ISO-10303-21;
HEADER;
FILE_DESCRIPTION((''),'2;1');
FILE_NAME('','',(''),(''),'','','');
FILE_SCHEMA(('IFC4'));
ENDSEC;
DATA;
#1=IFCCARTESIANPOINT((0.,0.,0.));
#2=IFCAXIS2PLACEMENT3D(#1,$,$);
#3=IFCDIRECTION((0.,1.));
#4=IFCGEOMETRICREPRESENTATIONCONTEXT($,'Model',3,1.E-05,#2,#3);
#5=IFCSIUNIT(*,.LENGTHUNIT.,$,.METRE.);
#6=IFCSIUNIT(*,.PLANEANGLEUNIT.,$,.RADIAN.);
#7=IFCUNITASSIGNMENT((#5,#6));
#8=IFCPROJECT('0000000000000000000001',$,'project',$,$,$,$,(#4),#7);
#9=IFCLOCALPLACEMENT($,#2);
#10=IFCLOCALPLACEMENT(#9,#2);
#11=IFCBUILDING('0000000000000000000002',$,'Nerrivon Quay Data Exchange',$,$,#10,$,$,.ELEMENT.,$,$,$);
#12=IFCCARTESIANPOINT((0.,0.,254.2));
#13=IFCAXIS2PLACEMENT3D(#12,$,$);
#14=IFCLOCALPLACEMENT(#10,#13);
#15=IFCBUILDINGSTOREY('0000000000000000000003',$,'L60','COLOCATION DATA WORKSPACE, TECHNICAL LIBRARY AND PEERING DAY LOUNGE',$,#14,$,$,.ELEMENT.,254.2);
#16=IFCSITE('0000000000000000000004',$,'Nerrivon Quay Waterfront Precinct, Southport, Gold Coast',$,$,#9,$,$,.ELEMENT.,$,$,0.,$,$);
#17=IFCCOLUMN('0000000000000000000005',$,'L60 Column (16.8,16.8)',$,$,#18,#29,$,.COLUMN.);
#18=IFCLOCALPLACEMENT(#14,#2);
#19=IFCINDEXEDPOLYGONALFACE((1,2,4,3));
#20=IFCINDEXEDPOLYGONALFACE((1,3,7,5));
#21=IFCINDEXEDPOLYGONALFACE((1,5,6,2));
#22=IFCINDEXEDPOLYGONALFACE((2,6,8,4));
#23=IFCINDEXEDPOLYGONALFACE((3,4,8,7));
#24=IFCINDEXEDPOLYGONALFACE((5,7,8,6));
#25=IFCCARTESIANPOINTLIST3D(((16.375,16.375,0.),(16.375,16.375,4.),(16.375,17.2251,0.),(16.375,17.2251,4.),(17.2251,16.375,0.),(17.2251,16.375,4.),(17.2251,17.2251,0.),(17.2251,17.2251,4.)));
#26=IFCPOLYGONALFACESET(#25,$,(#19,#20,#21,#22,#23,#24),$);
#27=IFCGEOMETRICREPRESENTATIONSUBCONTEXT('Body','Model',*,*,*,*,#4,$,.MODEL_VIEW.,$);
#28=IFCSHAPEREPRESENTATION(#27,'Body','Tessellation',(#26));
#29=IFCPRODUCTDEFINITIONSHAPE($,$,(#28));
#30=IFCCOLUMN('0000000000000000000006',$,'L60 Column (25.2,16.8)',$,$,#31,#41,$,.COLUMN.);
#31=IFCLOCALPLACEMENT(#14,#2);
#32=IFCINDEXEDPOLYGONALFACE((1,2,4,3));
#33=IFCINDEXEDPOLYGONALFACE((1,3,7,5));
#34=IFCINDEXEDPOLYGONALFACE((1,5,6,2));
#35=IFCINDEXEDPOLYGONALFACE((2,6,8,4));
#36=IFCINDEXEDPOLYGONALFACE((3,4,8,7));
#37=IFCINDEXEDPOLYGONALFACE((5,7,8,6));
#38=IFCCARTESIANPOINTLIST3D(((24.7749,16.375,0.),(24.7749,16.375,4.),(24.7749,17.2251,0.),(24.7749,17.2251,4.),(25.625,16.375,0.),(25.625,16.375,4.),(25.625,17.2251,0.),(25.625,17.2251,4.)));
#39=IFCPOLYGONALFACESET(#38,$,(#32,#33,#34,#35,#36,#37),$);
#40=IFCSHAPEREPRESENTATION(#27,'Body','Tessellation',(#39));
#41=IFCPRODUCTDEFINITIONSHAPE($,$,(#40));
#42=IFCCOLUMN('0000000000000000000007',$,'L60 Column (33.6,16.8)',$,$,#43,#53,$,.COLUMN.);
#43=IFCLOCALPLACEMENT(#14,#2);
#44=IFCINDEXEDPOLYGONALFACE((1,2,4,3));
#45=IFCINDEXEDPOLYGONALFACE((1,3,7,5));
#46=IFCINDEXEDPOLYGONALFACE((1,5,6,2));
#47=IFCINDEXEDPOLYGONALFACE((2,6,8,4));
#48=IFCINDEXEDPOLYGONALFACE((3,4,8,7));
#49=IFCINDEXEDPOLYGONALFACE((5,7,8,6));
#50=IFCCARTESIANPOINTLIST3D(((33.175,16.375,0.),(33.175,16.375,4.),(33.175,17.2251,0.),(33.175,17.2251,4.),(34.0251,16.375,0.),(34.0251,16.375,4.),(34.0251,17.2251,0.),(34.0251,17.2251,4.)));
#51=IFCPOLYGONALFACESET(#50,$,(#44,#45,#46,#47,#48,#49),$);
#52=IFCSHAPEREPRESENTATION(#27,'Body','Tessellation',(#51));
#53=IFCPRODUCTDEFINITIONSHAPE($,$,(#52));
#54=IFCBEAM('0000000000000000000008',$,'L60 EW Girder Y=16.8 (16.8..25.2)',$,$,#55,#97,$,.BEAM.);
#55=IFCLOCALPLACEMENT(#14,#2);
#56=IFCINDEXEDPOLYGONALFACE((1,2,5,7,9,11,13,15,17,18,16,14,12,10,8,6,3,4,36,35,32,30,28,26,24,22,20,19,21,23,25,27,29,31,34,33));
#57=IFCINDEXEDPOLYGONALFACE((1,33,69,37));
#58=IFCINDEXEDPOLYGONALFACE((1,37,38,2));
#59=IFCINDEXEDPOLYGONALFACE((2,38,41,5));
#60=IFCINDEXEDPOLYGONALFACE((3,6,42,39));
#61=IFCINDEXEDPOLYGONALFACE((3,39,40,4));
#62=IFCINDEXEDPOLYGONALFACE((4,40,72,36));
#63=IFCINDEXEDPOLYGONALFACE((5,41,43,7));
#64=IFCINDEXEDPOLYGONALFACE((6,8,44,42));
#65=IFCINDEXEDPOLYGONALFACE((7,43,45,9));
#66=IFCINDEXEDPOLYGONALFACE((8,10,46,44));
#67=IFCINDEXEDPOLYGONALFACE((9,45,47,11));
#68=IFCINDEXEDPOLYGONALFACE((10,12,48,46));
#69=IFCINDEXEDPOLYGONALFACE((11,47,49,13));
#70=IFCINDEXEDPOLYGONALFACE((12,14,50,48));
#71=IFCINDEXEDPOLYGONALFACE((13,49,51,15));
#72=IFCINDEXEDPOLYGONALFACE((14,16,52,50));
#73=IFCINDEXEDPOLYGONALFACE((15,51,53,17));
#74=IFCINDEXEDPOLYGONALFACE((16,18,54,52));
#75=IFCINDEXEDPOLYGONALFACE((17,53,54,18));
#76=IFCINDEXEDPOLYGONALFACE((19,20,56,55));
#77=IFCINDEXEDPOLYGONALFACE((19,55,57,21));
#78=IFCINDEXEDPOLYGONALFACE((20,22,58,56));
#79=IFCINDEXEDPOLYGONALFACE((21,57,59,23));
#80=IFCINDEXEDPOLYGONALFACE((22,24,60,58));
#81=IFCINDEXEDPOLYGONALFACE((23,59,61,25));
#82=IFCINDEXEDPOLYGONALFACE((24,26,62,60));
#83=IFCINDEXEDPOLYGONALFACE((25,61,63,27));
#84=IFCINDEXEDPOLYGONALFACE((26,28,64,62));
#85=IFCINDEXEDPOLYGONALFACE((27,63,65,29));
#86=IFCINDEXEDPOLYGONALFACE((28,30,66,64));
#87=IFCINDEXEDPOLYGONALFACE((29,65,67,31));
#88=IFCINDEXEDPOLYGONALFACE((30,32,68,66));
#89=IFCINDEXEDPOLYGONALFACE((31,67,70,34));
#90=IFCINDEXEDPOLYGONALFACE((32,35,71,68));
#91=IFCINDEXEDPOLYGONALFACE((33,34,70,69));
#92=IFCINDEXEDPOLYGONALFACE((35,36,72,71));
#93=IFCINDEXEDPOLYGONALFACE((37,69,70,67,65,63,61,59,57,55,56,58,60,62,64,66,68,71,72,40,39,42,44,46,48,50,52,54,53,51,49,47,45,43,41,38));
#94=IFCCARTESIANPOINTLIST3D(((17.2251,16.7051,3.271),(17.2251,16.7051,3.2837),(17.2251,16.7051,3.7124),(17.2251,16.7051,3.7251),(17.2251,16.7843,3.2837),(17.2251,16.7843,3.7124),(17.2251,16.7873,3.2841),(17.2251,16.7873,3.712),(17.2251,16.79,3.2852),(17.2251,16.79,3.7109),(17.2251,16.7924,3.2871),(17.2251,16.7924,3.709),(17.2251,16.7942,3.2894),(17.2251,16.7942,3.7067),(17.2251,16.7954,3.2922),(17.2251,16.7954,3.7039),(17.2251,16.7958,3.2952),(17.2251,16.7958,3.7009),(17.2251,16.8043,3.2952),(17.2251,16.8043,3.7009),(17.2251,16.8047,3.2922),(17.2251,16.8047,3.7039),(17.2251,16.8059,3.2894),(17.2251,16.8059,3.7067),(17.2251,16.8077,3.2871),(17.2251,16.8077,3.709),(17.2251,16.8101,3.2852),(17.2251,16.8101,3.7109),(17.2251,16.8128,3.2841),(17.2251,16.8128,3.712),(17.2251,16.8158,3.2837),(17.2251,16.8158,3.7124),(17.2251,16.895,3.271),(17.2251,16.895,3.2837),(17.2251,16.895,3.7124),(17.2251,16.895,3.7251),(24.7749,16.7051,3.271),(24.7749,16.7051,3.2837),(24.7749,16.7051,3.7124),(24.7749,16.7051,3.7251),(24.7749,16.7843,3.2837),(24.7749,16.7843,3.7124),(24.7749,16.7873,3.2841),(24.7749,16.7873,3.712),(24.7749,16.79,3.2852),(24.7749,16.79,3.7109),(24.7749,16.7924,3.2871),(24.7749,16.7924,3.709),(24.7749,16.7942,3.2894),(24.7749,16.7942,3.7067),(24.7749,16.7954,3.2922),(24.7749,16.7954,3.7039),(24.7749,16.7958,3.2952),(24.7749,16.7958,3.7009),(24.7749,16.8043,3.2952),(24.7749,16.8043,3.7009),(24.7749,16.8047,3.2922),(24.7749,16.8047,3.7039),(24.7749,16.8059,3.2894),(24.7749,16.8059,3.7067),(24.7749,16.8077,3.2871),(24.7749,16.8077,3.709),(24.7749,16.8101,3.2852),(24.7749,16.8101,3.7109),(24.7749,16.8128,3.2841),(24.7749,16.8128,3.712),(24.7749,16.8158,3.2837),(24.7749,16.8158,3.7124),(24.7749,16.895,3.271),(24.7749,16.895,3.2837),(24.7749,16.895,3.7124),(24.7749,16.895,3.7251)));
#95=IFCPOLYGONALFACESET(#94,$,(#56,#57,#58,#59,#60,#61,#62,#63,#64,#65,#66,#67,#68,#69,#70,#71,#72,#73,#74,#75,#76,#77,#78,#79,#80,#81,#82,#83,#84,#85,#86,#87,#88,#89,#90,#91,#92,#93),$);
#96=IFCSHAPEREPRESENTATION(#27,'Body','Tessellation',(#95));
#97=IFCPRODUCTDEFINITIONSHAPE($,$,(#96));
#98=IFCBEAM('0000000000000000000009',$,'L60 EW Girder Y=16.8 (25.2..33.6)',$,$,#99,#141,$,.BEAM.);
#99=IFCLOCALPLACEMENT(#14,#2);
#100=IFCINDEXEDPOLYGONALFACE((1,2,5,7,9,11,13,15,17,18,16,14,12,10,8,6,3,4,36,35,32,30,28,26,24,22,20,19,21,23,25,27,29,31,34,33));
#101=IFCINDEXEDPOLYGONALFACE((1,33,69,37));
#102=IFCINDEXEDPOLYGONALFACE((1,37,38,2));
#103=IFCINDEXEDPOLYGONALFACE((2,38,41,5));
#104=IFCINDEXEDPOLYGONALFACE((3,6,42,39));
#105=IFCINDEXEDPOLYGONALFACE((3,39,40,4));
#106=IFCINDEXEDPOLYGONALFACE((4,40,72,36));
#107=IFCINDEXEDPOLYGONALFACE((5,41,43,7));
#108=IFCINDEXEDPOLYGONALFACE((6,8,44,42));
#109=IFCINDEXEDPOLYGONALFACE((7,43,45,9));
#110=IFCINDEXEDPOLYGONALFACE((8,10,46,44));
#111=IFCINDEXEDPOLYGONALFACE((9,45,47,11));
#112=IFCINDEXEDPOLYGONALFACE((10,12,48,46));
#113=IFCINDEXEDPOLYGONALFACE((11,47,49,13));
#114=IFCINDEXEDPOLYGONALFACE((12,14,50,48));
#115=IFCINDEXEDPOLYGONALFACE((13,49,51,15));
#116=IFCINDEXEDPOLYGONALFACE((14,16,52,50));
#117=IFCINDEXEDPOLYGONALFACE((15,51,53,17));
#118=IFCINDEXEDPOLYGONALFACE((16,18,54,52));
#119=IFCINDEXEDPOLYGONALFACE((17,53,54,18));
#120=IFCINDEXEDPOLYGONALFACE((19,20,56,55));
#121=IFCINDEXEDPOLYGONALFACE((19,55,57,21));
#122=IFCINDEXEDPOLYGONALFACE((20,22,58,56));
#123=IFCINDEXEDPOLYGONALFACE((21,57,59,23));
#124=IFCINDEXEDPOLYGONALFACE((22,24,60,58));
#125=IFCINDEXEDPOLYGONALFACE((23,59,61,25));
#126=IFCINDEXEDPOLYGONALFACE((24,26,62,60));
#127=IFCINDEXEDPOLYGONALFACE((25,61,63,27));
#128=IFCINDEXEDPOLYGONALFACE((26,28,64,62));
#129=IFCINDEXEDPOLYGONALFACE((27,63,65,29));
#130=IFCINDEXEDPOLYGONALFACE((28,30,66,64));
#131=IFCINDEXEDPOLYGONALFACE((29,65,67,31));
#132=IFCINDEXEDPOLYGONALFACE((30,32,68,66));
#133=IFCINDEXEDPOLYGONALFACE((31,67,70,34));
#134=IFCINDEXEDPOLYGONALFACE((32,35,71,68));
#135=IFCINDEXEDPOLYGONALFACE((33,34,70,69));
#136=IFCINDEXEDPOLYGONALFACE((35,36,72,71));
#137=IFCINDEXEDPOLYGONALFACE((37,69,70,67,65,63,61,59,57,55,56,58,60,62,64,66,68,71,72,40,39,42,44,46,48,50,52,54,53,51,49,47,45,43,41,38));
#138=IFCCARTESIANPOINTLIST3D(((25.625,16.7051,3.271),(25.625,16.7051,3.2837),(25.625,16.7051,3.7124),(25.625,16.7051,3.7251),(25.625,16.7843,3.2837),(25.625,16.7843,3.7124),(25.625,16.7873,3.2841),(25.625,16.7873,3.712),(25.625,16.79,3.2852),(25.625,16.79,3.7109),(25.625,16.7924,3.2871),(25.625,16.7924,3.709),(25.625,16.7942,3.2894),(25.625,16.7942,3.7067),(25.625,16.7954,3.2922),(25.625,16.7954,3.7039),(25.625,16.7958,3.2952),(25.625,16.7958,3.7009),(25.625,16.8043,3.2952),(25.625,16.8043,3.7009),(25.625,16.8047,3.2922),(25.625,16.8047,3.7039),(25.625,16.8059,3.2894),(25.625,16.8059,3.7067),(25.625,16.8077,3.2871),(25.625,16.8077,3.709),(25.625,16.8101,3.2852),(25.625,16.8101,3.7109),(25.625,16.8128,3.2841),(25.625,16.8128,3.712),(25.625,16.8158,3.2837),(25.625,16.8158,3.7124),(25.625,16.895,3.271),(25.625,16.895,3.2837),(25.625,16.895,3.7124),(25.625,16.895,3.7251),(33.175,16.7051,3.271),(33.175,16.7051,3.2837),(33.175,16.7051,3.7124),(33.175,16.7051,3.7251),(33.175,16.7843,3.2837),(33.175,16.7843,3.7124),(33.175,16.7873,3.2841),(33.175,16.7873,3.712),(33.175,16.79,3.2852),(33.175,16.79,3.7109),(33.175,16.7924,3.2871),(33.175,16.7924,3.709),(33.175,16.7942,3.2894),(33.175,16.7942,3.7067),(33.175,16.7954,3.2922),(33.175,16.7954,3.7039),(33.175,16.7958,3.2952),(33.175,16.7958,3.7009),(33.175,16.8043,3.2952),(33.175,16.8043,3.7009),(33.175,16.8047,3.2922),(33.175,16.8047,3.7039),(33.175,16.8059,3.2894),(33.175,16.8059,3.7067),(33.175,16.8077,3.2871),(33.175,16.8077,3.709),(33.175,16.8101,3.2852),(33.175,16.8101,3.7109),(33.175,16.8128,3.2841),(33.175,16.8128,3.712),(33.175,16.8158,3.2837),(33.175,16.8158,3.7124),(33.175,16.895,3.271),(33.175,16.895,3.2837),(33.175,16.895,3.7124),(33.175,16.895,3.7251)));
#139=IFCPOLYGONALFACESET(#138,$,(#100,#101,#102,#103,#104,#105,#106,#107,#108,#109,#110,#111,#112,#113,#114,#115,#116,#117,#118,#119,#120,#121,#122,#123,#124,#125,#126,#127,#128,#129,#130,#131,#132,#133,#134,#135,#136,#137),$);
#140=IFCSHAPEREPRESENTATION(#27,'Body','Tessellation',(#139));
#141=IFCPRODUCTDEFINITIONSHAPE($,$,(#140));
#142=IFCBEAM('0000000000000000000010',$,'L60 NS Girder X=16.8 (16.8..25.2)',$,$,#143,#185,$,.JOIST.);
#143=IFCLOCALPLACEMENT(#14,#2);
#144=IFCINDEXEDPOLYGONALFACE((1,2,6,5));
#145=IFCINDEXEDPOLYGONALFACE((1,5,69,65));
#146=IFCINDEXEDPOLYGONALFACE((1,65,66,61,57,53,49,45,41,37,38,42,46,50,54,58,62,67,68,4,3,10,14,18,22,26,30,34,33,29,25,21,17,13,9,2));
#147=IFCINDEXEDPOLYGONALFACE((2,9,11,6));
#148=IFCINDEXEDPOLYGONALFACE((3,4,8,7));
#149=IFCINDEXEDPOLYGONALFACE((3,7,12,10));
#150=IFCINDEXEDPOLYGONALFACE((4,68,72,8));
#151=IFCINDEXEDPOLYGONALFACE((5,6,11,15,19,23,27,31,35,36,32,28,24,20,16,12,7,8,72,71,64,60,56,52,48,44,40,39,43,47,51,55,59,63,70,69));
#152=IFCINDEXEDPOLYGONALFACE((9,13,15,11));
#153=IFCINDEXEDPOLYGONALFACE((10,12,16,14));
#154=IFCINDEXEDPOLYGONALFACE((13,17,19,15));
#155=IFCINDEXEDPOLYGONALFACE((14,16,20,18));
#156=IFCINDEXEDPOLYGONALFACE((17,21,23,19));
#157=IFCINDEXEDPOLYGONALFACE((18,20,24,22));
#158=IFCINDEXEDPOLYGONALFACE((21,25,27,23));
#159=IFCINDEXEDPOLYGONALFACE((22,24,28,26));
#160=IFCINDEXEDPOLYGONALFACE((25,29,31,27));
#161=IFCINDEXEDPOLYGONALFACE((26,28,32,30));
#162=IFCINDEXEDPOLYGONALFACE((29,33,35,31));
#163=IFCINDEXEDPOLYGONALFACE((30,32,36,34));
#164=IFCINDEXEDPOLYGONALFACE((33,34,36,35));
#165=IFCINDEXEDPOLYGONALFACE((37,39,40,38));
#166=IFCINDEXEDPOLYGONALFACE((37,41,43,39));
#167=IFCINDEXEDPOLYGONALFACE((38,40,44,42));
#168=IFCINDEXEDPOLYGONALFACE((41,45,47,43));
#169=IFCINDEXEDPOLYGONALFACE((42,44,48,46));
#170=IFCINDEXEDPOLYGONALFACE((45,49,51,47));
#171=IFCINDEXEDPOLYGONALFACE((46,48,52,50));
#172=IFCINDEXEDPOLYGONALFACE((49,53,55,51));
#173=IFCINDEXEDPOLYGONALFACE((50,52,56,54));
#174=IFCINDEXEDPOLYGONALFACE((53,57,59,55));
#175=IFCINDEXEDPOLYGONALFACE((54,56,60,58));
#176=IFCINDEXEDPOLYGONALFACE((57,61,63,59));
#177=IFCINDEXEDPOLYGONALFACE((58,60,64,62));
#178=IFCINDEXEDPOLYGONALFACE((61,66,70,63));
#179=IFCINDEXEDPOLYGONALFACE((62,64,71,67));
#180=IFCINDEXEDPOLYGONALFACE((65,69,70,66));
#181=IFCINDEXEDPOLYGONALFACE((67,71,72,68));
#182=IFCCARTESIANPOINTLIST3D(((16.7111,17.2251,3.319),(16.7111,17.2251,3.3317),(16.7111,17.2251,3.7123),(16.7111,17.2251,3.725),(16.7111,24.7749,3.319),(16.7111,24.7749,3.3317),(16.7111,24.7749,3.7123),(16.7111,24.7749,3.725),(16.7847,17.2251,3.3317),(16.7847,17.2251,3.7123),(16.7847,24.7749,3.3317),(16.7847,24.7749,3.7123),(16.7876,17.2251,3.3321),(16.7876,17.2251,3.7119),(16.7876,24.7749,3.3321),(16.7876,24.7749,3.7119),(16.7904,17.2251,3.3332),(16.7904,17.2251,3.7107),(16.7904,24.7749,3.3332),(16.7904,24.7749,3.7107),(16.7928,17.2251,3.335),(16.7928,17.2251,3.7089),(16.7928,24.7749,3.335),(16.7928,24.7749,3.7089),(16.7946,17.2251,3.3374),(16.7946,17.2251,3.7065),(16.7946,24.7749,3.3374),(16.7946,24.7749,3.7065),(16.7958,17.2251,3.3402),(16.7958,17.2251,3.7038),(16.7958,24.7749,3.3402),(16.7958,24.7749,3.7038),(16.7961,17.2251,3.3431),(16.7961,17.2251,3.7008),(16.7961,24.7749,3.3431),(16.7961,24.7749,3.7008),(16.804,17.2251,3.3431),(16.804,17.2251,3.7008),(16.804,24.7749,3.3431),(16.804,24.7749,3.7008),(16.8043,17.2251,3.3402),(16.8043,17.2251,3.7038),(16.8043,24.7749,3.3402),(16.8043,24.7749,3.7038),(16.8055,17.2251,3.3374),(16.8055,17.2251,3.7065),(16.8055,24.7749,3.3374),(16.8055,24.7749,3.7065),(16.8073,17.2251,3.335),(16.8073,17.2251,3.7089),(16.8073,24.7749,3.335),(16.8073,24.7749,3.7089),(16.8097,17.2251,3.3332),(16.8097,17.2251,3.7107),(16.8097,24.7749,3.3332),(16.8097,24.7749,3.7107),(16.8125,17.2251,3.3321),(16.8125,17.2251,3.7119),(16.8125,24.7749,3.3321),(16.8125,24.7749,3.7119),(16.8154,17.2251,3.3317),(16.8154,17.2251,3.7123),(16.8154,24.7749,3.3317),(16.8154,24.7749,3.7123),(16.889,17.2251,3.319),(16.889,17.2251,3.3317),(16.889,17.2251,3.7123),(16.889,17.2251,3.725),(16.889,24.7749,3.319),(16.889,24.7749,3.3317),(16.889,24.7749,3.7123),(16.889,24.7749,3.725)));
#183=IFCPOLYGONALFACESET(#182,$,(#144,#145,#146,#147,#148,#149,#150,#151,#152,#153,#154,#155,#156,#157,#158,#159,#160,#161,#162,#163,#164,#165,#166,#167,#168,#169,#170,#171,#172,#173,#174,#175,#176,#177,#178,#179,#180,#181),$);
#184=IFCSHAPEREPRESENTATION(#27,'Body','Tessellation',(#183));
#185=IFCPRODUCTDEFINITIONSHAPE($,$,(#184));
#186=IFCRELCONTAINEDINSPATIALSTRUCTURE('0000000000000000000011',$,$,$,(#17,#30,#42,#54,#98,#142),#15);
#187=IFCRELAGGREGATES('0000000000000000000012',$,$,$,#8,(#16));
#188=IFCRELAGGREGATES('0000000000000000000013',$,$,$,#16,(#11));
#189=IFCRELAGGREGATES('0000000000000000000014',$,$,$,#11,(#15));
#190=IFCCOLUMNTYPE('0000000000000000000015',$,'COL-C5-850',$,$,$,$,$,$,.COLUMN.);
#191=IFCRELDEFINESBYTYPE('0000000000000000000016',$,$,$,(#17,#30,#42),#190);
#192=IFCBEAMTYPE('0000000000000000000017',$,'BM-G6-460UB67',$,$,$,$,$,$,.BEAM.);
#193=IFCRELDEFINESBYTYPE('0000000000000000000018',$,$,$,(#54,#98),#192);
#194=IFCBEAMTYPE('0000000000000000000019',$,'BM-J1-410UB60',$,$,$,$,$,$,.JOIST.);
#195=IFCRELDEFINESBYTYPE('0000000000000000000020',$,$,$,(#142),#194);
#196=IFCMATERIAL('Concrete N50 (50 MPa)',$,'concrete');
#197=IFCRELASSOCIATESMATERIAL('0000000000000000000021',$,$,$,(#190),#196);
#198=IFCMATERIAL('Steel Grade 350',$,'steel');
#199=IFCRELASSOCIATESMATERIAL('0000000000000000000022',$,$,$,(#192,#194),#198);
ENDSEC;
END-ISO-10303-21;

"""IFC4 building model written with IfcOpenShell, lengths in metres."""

from ifc_helpers import new_model, si_unit, direction, frame, origin, origin_2d, place, context, subcontext, project, spatial, rectangle, i_section, extrude, material, material_profile, profile_set, type_object, element, save


model = new_model("IFC4")

# Units and contexts
model_context = context("Model", 3, precision=1e-05, world=origin(), true_north=direction((0.0, 1.0)))
body_context = subcontext(model_context, "Body", "Model", "MODEL_VIEW")
ifc_project = project(units=[si_unit("LENGTHUNIT", "METRE"), si_unit("PLANEANGLEUNIT", "RADIAN")], contexts=[model_context])

# Site, building, storey
site_placement = place(None, origin())
site = spatial("IfcSite", under=ifc_project, at=site_placement, Name="Nerrivon Quay Waterfront Precinct, Southport, Gold Coast", CompositionType="ELEMENT", RefElevation=0.0)
building_placement = place(site_placement, origin())
building = spatial("IfcBuilding", under=site, at=building_placement, Name="Nerrivon Quay Data Exchange", CompositionType="ELEMENT")
storey_placement = place(building_placement, frame((0.0, 0.0, 254.2)))
storey = spatial("IfcBuildingStorey", under=building, at=storey_placement, Name="L60", Description="COLOCATION DATA WORKSPACE, TECHNICAL LIBRARY AND PEERING DAY LOUNGE", CompositionType="ELEMENT", Elevation=254.2)

# Columns
ifc_material_1 = material(Name="Concrete N50 (50 MPa)", Category="concrete")
ifc_material_profile_1 = material_profile(ifc_material_1, rectangle(XDim=0.8501, YDim=0.8501, at=origin_2d()), Name="RC-COL-850x850")
ifc_profile_set_1 = profile_set([ifc_material_profile_1], Name="Concrete N50 (50 MPa)")
column_type = type_object("IfcColumnType", Name="COL-C5-850", PredefinedType="COLUMN", material=ifc_profile_set_1)
for number, where, z_axis, x_axis, name in (
    (1, (16.8, 16.8, 0.0), (0.0, 0.0, 1.0), (1.0, 0.0, 0.0), "L60 Column (16.8,16.8)"),
    (2, (25.2, 16.8, 0.0), (0.0, 0.0, 1.0), (1.0, 0.0, 0.0), "L60 Column (25.2,16.8)"),
    (3, (33.6001, 16.8, 0.0), (0.0, 0.0, 1.0), (1.0, 0.0, 0.0), "L60 Column (33.6,16.8)"),
):
    element("IfcColumn", number, at=place(storey_placement, frame(where, z_axis=z_axis, x_axis=x_axis)), inside=storey, type_object=column_type, Name=name, PredefinedType="COLUMN", context=body_context, shape_type="SweptSolid", body=[
        extrude(rectangle(XDim=0.8501, YDim=0.8501, at=origin_2d()), origin(), (0.0, 0.0, 1.0), 4.0),
    ])

# Beams
ifc_material_2 = material(Name="Steel Grade 350", Category="steel")
ifc_material_profile_2 = material_profile(ifc_material_2, i_section(OverallWidth=0.1899, OverallDepth=0.4541, WebThickness=0.0085, FlangeThickness=0.0127, FilletRadius=0.0115, at=origin_2d()), Name="460UB67.1")
ifc_profile_set_2 = profile_set([ifc_material_profile_2], Name="Steel Grade 350")
beam_type_1 = type_object("IfcBeamType", Name="BM-G6-460UB67", PredefinedType="BEAM", material=ifc_profile_set_2)
beam_1_placement = place(storey_placement, frame((17.2251, 16.8, 3.498), z_axis=(1.0, 0.0, 0.0), x_axis=(0.0, 1.0, 0.0)))
element("IfcBeam", 4, at=beam_1_placement, inside=storey, type_object=beam_type_1, Name="L60 EW Girder Y=16.8 (16.8..25.2)", PredefinedType="BEAM", context=body_context, shape_type="SweptSolid", body=[
    extrude(i_section(OverallWidth=0.1899, OverallDepth=0.4541, WebThickness=0.0085, FlangeThickness=0.0127, FilletRadius=0.0115, at=origin_2d()), origin(), (0.0, 0.0, 1.0), 7.5498),
])
beam_2_placement = place(storey_placement, frame((25.625, 16.8, 3.498), z_axis=(1.0, 0.0, 0.0), x_axis=(0.0, 1.0, 0.0)))
element("IfcBeam", 5, at=beam_2_placement, inside=storey, type_object=beam_type_1, Name="L60 EW Girder Y=16.8 (25.2..33.6)", PredefinedType="BEAM", context=body_context, shape_type="SweptSolid", body=[
    extrude(i_section(OverallWidth=0.1899, OverallDepth=0.4541, WebThickness=0.0085, FlangeThickness=0.0127, FilletRadius=0.0115, at=origin_2d()), origin(), (0.0, 0.0, 1.0), 7.55),
])
ifc_material_profile_3 = material_profile(ifc_material_2, i_section(OverallWidth=0.178, OverallDepth=0.406, WebThickness=0.0078, FlangeThickness=0.0127, FilletRadius=0.0115, at=origin_2d()), Name="410UB59.7")
ifc_profile_set_3 = profile_set([ifc_material_profile_3], Name="Steel Grade 350")
beam_type_2 = type_object("IfcBeamType", Name="BM-J1-410UB60", PredefinedType="JOIST", material=ifc_profile_set_3)
beam_3_placement = place(storey_placement, frame((16.8, 17.2251, 3.522), z_axis=(0.0, 1.0, 0.0), x_axis=(-1.0, 0.0, 0.0)))
element("IfcBeam", 6, at=beam_3_placement, inside=storey, type_object=beam_type_2, Name="L60 NS Girder X=16.8 (16.8..25.2)", PredefinedType="JOIST", context=body_context, shape_type="SweptSolid", body=[
    extrude(i_section(OverallWidth=0.178, OverallDepth=0.406, WebThickness=0.0078, FlangeThickness=0.0127, FilletRadius=0.0115, at=origin_2d()), origin(), (0.0, 0.0, 1.0), 7.5498),
])

save(model, "model.ifc")
